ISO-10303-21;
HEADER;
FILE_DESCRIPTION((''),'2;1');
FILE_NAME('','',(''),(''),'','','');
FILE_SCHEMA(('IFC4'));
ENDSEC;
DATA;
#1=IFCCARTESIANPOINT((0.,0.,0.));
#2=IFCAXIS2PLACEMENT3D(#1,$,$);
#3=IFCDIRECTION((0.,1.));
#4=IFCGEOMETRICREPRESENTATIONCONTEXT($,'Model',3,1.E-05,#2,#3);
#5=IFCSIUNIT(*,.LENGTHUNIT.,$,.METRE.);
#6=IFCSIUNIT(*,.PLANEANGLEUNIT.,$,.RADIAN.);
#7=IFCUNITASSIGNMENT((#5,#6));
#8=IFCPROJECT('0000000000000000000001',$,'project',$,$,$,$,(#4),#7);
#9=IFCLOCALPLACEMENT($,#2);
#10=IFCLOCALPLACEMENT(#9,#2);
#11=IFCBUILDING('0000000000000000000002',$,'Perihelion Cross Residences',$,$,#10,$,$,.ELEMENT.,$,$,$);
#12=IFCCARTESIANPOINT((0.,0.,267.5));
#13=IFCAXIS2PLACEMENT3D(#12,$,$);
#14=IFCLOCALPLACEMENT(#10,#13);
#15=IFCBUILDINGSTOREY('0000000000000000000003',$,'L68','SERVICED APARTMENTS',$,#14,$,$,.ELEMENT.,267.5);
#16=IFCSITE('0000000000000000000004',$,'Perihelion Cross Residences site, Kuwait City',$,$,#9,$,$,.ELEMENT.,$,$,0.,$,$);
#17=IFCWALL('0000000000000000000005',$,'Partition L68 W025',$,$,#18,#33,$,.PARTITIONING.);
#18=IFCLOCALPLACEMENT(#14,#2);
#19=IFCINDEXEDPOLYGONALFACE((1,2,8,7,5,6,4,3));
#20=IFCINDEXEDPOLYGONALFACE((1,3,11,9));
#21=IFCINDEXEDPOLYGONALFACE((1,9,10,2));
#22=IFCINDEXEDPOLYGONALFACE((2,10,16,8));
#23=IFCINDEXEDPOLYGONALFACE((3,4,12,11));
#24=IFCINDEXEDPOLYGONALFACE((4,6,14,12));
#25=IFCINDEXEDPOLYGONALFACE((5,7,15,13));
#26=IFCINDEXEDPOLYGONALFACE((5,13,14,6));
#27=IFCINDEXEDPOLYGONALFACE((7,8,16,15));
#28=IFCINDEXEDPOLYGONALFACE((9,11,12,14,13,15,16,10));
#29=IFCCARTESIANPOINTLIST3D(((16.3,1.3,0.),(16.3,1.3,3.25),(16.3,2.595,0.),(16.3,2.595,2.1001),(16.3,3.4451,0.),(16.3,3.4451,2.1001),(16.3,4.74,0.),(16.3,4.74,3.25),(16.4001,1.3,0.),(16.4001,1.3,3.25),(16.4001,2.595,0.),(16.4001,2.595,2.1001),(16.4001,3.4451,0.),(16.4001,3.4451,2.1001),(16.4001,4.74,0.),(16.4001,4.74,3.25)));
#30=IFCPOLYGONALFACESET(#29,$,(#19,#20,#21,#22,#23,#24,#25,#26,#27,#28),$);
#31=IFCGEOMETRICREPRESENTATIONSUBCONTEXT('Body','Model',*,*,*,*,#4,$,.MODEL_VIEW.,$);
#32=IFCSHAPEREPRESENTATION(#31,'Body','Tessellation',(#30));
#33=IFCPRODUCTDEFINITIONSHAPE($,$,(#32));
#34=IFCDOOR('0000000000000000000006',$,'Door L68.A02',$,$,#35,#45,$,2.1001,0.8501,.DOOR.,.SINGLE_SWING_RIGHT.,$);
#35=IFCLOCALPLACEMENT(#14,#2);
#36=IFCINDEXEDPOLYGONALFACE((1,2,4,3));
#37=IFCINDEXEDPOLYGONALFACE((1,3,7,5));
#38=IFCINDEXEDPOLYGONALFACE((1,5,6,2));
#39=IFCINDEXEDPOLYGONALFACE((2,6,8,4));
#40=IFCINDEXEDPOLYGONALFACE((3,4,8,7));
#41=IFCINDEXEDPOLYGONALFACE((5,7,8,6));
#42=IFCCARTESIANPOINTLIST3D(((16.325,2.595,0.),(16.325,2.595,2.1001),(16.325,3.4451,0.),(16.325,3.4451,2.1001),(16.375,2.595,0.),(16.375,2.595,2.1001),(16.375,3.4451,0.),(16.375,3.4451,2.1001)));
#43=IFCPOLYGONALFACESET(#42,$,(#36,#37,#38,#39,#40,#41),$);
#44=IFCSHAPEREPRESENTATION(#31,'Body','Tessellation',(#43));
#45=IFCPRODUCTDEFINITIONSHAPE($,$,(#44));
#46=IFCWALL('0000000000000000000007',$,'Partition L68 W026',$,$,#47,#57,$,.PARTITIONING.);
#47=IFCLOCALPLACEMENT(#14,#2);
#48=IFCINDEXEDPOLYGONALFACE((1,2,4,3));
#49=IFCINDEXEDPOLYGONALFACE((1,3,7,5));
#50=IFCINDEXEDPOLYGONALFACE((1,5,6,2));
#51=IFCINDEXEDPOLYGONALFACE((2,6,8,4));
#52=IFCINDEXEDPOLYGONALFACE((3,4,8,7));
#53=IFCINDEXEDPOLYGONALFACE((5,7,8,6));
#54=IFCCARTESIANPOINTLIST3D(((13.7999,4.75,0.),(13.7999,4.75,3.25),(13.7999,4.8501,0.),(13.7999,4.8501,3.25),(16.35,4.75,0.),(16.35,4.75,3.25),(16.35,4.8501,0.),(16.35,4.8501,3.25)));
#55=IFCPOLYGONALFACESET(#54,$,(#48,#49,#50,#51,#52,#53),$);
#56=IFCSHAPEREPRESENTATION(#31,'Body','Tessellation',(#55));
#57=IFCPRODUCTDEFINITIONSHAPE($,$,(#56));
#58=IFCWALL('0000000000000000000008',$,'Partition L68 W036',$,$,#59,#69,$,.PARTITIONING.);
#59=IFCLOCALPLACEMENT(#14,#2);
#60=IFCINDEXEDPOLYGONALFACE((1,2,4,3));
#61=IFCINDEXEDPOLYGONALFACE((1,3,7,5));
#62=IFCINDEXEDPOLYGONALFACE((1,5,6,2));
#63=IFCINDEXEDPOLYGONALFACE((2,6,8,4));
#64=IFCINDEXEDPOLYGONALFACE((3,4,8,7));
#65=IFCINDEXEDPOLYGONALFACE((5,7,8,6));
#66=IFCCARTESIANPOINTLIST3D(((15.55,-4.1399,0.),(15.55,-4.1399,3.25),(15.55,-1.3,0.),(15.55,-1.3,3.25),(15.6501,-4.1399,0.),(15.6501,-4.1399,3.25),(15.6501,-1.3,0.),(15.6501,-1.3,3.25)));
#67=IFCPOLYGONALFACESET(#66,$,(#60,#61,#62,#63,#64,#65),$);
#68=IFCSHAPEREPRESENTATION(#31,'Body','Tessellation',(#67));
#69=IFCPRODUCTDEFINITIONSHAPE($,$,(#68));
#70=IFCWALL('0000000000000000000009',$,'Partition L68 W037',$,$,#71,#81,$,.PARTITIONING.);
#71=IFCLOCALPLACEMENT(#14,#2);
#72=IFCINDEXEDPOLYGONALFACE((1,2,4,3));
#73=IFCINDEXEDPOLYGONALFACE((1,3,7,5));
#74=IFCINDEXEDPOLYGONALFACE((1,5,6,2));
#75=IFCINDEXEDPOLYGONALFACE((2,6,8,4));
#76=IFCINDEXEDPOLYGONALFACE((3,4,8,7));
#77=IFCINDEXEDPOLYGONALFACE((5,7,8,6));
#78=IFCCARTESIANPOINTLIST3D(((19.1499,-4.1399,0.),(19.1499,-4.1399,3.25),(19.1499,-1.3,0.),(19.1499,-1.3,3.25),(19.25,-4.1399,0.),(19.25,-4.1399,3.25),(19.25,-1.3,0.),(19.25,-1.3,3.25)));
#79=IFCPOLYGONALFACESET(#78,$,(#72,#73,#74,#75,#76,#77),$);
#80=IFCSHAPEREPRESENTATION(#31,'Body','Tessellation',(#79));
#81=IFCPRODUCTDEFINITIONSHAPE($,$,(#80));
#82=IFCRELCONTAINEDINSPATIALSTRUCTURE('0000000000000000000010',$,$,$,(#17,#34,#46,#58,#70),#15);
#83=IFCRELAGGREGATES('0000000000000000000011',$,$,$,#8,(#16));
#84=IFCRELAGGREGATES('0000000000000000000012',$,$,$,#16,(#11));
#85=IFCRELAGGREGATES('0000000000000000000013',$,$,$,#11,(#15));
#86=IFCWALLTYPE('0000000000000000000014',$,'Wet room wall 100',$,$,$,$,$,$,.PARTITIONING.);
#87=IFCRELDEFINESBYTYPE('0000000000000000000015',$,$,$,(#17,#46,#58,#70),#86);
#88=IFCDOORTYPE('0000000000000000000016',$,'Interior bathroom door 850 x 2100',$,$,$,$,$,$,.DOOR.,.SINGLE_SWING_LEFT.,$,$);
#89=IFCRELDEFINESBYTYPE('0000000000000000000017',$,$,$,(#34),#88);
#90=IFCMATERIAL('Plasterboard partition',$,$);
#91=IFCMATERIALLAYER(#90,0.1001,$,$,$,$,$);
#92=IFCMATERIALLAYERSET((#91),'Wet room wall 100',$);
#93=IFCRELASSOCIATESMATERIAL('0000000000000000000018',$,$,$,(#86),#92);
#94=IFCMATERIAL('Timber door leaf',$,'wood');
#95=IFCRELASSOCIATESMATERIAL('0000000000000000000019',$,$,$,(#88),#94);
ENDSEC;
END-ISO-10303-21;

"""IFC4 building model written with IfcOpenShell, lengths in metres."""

from ifc_helpers import new_model, si_unit, direction, frame, frame_2d, origin, place, context, subcontext, project, spatial, rectangle, extrude, material, layer, layer_set, type_object, element, fill, save


model = new_model("IFC4")

# Units and contexts
model_context = context("Model", 3, precision=1e-05, world=origin(), true_north=direction((0.0, 1.0)))
body_context = subcontext(model_context, "Body", "Model", "MODEL_VIEW")
ifc_project = project(units=[si_unit("LENGTHUNIT", "METRE"), si_unit("PLANEANGLEUNIT", "RADIAN")], contexts=[model_context])

# Site, building, storey
site_placement = place(None, origin())
site = spatial("IfcSite", under=ifc_project, at=site_placement, Name="Perihelion Cross Residences site, Kuwait City", CompositionType="ELEMENT", RefElevation=0.0)
building_placement = place(site_placement, origin())
building = spatial("IfcBuilding", under=site, at=building_placement, Name="Perihelion Cross Residences", CompositionType="ELEMENT")
storey_placement = place(building_placement, frame((0.0, 0.0, 267.5)))
storey = spatial("IfcBuildingStorey", under=building, at=storey_placement, Name="L68", Description="SERVICED APARTMENTS", CompositionType="ELEMENT", Elevation=267.5)

# Shared definitions
ifc_material_1 = material(Name="Plasterboard partition")
ifc_layer_1 = layer(ifc_material_1, 0.1001)
ifc_layer_set_1 = layer_set([ifc_layer_1], Name="Wet room wall 100")
wall_type_1 = type_object("IfcWallType", Name="Wet room wall 100", PredefinedType="PARTITIONING", material=ifc_layer_set_1)

# Wall, opening, door
wall_1_placement = place(storey_placement, frame((16.3501, 4.74, 0.0), z_axis=(0.0, 0.0, 1.0), x_axis=(0.0, -1.0, 0.0)))
wall_1 = element("IfcWall", 1, at=wall_1_placement, inside=storey, type_object=wall_type_1, Name="Partition L68 W025", PredefinedType="PARTITIONING", context=body_context, shape_type="SweptSolid", body=[
    extrude(rectangle(XDim=3.4399, YDim=0.1001, at=frame_2d((1.72, 0.0))), origin(), (0.0, 0.0, 1.0), 3.25),
])
opening_1_placement = place(wall_1_placement, frame((1.2949, 0.0, 0.0)))
opening_1 = element("IfcOpeningElement", 2, at=opening_1_placement, cuts=wall_1, PredefinedType="OPENING", context=body_context, shape_type="SweptSolid", body=[
    extrude(rectangle(XDim=0.8501, YDim=2.1001, at=frame_2d((0.425, 1.05))), frame((0.0, 0.0601, 0.0), z_axis=(0.0, -1.0, 0.0), x_axis=(1.0, 0.0, 0.0)), (0.0, 0.0, 1.0), 0.1201),
])
ifc_material_2 = material(Name="Timber door leaf", Category="wood")
door_type_1 = type_object("IfcDoorType", Name="Interior bathroom door 850 x 2100", OperationType="SINGLE_SWING_LEFT", PredefinedType="DOOR", material=ifc_material_2)
door_1_placement = place(opening_1_placement, origin())
door_1 = element("IfcDoor", 3, at=door_1_placement, inside=storey, type_object=door_type_1, Name="Door L68.A02", OperationType="SINGLE_SWING_RIGHT", OverallHeight=2.1001, OverallWidth=0.8501, PredefinedType="DOOR", context=body_context, shape_type="SweptSolid", body=[
    extrude(rectangle(XDim=0.8501, YDim=2.1001, at=frame_2d((0.425, 1.05))), frame((0.0, 0.0249, 0.0), z_axis=(0.0, -1.0, 0.0), x_axis=(1.0, 0.0, 0.0)), (0.0, 0.0, 1.0), 0.05),
])
fill(opening_1, door_1)

# Walls
wall_2_placement = place(storey_placement, frame((13.8, 4.8, 0.0), z_axis=(0.0, 0.0, 1.0), x_axis=(1.0, 0.0, 0.0)))
element("IfcWall", 4, at=wall_2_placement, inside=storey, type_object=wall_type_1, Name="Partition L68 W026", PredefinedType="PARTITIONING", context=body_context, shape_type="SweptSolid", body=[
    extrude(rectangle(XDim=2.55, YDim=0.1001, at=frame_2d((1.2749, 0.0))), origin(), (0.0, 0.0, 1.0), 3.25),
])
for number, where, z_axis, x_axis, name in (
    (5, (15.6001, -1.3, 0.0), (0.0, 0.0, 1.0), (0.0, -1.0, 0.0), "Partition L68 W036"),
    (6, (19.2, -1.3, 0.0), (0.0, 0.0, 1.0), (0.0, -1.0, 0.0), "Partition L68 W037"),
):
    element("IfcWall", number, at=place(storey_placement, frame(where, z_axis=z_axis, x_axis=x_axis)), inside=storey, type_object=wall_type_1, Name=name, PredefinedType="PARTITIONING", context=body_context, shape_type="SweptSolid", body=[
        extrude(rectangle(XDim=2.8398, YDim=0.1001, at=frame_2d((1.4199, 0.0))), origin(), (0.0, 0.0, 1.0), 3.25),
    ])

save(model, "model.ifc")
